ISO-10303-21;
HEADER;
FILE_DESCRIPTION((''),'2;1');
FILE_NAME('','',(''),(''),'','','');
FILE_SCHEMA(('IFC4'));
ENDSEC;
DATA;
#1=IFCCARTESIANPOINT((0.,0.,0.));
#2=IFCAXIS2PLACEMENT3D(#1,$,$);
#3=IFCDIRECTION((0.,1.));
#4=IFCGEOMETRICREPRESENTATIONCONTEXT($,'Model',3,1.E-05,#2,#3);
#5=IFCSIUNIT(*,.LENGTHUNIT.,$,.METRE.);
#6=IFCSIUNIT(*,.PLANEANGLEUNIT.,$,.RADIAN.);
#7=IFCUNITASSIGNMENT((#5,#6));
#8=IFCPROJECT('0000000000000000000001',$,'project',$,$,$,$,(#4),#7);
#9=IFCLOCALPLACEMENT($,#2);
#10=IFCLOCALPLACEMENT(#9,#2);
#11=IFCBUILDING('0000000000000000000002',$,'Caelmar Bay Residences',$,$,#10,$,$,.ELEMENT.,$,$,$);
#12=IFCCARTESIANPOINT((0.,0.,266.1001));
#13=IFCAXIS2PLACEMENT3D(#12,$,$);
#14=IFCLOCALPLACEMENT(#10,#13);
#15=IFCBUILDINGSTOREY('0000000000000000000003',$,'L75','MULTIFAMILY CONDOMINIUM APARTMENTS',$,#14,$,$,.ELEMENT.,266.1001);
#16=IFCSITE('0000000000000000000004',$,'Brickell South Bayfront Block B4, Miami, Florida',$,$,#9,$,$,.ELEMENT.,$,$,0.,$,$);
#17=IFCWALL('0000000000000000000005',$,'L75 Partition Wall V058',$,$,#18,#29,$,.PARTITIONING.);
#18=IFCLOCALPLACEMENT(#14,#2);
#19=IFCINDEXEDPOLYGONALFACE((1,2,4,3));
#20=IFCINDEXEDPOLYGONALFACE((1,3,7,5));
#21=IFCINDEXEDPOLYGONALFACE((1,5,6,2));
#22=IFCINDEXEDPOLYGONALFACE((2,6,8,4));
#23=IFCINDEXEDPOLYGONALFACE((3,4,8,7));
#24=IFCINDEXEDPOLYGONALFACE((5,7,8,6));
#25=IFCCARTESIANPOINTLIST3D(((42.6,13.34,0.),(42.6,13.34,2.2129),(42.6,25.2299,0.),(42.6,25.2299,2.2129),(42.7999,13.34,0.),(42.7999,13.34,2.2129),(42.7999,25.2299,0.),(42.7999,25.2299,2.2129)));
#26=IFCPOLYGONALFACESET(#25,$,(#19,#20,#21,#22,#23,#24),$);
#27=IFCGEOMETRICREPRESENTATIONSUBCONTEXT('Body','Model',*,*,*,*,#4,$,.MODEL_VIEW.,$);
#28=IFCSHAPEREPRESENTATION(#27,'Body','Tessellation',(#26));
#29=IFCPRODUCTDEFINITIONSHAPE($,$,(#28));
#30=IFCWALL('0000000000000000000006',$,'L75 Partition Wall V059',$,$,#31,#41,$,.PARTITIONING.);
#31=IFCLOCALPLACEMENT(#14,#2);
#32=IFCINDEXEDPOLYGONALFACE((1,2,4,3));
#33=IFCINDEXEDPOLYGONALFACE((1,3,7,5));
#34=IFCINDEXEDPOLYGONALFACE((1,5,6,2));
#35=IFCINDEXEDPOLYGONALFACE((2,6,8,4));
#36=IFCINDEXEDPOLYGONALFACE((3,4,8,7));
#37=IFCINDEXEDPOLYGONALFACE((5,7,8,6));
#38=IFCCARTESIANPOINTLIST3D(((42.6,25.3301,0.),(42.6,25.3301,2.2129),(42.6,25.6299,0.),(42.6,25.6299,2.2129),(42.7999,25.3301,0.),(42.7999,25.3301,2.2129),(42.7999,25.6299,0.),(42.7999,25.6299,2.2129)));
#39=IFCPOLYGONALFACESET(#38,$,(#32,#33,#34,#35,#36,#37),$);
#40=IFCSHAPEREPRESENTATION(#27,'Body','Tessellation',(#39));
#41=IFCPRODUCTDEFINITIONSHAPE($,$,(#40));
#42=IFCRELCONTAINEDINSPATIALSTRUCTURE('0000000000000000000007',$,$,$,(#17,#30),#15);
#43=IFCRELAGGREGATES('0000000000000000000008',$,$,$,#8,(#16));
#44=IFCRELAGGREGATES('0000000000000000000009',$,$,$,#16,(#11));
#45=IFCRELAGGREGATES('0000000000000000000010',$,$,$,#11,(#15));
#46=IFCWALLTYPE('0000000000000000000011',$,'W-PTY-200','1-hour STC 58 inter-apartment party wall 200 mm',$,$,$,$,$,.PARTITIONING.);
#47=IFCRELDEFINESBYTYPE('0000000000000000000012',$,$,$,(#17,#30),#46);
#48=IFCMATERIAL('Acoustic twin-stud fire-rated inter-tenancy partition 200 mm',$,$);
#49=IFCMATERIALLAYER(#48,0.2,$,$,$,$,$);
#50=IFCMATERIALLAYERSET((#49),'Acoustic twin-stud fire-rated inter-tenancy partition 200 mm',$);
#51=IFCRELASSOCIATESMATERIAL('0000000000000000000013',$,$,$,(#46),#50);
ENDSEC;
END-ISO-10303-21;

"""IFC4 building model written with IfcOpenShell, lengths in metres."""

from ifc_helpers import new_model, si_unit, direction, frame, frame_2d, origin, place, context, subcontext, project, spatial, rectangle, extrude, material, layer, layer_set, type_object, element, save


model = new_model("IFC4")

# Units and contexts
model_context = context("Model", 3, precision=1e-05, world=origin(), true_north=direction((0.0, 1.0)))
body_context = subcontext(model_context, "Body", "Model", "MODEL_VIEW")
ifc_project = project(units=[si_unit("LENGTHUNIT", "METRE"), si_unit("PLANEANGLEUNIT", "RADIAN")], contexts=[model_context])

# Site, building, storey
site_placement = place(None, origin())
site = spatial("IfcSite", under=ifc_project, at=site_placement, Name="Brickell South Bayfront Block B4, Miami, Florida", CompositionType="ELEMENT", RefElevation=0.0)
building_placement = place(site_placement, origin())
building = spatial("IfcBuilding", under=site, at=building_placement, Name="Caelmar Bay Residences", CompositionType="ELEMENT")
storey_placement = place(building_placement, frame((0.0, 0.0, 266.1001)))
storey = spatial("IfcBuildingStorey", under=building, at=storey_placement, Name="L75", Description="MULTIFAMILY CONDOMINIUM APARTMENTS", CompositionType="ELEMENT", Elevation=266.1001)

# Walls
ifc_material_1 = material(Name="Acoustic twin-stud fire-rated inter-tenancy partition 200 mm")
ifc_layer_1 = layer(ifc_material_1, 0.2)
ifc_layer_set_1 = layer_set([ifc_layer_1], Name="Acoustic twin-stud fire-rated inter-tenancy partition 200 mm")
wall_type_1 = type_object("IfcWallType", Name="W-PTY-200", Description="1-hour STC 58 inter-apartment party wall 200 mm", PredefinedType="PARTITIONING", material=ifc_layer_set_1)
wall_1_placement = place(storey_placement, frame((42.7, 13.3401, 0.0), z_axis=(0.0, 0.0, 1.0), x_axis=(0.0, 1.0, 0.0)))
element("IfcWall", 1, at=wall_1_placement, inside=storey, type_object=wall_type_1, Name="L75 Partition Wall V058", PredefinedType="PARTITIONING", context=body_context, shape_type="SweptSolid", body=[
    extrude(rectangle(XDim=11.8899, YDim=0.2, at=frame_2d((5.9448, 0.0))), origin(), (0.0, 0.0, 1.0), 2.2129),
])
wall_2_placement = place(storey_placement, frame((42.7, 25.3301, 0.0), z_axis=(0.0, 0.0, 1.0), x_axis=(0.0, 1.0, 0.0)))
element("IfcWall", 2, at=wall_2_placement, inside=storey, type_object=wall_type_1, Name="L75 Partition Wall V059", PredefinedType="PARTITIONING", context=body_context, shape_type="SweptSolid", body=[
    extrude(rectangle(XDim=0.2998, YDim=0.2, at=frame_2d((0.1499, 0.0))), origin(), (0.0, 0.0, 1.0), 2.2129),
])

save(model, "model.ifc")
